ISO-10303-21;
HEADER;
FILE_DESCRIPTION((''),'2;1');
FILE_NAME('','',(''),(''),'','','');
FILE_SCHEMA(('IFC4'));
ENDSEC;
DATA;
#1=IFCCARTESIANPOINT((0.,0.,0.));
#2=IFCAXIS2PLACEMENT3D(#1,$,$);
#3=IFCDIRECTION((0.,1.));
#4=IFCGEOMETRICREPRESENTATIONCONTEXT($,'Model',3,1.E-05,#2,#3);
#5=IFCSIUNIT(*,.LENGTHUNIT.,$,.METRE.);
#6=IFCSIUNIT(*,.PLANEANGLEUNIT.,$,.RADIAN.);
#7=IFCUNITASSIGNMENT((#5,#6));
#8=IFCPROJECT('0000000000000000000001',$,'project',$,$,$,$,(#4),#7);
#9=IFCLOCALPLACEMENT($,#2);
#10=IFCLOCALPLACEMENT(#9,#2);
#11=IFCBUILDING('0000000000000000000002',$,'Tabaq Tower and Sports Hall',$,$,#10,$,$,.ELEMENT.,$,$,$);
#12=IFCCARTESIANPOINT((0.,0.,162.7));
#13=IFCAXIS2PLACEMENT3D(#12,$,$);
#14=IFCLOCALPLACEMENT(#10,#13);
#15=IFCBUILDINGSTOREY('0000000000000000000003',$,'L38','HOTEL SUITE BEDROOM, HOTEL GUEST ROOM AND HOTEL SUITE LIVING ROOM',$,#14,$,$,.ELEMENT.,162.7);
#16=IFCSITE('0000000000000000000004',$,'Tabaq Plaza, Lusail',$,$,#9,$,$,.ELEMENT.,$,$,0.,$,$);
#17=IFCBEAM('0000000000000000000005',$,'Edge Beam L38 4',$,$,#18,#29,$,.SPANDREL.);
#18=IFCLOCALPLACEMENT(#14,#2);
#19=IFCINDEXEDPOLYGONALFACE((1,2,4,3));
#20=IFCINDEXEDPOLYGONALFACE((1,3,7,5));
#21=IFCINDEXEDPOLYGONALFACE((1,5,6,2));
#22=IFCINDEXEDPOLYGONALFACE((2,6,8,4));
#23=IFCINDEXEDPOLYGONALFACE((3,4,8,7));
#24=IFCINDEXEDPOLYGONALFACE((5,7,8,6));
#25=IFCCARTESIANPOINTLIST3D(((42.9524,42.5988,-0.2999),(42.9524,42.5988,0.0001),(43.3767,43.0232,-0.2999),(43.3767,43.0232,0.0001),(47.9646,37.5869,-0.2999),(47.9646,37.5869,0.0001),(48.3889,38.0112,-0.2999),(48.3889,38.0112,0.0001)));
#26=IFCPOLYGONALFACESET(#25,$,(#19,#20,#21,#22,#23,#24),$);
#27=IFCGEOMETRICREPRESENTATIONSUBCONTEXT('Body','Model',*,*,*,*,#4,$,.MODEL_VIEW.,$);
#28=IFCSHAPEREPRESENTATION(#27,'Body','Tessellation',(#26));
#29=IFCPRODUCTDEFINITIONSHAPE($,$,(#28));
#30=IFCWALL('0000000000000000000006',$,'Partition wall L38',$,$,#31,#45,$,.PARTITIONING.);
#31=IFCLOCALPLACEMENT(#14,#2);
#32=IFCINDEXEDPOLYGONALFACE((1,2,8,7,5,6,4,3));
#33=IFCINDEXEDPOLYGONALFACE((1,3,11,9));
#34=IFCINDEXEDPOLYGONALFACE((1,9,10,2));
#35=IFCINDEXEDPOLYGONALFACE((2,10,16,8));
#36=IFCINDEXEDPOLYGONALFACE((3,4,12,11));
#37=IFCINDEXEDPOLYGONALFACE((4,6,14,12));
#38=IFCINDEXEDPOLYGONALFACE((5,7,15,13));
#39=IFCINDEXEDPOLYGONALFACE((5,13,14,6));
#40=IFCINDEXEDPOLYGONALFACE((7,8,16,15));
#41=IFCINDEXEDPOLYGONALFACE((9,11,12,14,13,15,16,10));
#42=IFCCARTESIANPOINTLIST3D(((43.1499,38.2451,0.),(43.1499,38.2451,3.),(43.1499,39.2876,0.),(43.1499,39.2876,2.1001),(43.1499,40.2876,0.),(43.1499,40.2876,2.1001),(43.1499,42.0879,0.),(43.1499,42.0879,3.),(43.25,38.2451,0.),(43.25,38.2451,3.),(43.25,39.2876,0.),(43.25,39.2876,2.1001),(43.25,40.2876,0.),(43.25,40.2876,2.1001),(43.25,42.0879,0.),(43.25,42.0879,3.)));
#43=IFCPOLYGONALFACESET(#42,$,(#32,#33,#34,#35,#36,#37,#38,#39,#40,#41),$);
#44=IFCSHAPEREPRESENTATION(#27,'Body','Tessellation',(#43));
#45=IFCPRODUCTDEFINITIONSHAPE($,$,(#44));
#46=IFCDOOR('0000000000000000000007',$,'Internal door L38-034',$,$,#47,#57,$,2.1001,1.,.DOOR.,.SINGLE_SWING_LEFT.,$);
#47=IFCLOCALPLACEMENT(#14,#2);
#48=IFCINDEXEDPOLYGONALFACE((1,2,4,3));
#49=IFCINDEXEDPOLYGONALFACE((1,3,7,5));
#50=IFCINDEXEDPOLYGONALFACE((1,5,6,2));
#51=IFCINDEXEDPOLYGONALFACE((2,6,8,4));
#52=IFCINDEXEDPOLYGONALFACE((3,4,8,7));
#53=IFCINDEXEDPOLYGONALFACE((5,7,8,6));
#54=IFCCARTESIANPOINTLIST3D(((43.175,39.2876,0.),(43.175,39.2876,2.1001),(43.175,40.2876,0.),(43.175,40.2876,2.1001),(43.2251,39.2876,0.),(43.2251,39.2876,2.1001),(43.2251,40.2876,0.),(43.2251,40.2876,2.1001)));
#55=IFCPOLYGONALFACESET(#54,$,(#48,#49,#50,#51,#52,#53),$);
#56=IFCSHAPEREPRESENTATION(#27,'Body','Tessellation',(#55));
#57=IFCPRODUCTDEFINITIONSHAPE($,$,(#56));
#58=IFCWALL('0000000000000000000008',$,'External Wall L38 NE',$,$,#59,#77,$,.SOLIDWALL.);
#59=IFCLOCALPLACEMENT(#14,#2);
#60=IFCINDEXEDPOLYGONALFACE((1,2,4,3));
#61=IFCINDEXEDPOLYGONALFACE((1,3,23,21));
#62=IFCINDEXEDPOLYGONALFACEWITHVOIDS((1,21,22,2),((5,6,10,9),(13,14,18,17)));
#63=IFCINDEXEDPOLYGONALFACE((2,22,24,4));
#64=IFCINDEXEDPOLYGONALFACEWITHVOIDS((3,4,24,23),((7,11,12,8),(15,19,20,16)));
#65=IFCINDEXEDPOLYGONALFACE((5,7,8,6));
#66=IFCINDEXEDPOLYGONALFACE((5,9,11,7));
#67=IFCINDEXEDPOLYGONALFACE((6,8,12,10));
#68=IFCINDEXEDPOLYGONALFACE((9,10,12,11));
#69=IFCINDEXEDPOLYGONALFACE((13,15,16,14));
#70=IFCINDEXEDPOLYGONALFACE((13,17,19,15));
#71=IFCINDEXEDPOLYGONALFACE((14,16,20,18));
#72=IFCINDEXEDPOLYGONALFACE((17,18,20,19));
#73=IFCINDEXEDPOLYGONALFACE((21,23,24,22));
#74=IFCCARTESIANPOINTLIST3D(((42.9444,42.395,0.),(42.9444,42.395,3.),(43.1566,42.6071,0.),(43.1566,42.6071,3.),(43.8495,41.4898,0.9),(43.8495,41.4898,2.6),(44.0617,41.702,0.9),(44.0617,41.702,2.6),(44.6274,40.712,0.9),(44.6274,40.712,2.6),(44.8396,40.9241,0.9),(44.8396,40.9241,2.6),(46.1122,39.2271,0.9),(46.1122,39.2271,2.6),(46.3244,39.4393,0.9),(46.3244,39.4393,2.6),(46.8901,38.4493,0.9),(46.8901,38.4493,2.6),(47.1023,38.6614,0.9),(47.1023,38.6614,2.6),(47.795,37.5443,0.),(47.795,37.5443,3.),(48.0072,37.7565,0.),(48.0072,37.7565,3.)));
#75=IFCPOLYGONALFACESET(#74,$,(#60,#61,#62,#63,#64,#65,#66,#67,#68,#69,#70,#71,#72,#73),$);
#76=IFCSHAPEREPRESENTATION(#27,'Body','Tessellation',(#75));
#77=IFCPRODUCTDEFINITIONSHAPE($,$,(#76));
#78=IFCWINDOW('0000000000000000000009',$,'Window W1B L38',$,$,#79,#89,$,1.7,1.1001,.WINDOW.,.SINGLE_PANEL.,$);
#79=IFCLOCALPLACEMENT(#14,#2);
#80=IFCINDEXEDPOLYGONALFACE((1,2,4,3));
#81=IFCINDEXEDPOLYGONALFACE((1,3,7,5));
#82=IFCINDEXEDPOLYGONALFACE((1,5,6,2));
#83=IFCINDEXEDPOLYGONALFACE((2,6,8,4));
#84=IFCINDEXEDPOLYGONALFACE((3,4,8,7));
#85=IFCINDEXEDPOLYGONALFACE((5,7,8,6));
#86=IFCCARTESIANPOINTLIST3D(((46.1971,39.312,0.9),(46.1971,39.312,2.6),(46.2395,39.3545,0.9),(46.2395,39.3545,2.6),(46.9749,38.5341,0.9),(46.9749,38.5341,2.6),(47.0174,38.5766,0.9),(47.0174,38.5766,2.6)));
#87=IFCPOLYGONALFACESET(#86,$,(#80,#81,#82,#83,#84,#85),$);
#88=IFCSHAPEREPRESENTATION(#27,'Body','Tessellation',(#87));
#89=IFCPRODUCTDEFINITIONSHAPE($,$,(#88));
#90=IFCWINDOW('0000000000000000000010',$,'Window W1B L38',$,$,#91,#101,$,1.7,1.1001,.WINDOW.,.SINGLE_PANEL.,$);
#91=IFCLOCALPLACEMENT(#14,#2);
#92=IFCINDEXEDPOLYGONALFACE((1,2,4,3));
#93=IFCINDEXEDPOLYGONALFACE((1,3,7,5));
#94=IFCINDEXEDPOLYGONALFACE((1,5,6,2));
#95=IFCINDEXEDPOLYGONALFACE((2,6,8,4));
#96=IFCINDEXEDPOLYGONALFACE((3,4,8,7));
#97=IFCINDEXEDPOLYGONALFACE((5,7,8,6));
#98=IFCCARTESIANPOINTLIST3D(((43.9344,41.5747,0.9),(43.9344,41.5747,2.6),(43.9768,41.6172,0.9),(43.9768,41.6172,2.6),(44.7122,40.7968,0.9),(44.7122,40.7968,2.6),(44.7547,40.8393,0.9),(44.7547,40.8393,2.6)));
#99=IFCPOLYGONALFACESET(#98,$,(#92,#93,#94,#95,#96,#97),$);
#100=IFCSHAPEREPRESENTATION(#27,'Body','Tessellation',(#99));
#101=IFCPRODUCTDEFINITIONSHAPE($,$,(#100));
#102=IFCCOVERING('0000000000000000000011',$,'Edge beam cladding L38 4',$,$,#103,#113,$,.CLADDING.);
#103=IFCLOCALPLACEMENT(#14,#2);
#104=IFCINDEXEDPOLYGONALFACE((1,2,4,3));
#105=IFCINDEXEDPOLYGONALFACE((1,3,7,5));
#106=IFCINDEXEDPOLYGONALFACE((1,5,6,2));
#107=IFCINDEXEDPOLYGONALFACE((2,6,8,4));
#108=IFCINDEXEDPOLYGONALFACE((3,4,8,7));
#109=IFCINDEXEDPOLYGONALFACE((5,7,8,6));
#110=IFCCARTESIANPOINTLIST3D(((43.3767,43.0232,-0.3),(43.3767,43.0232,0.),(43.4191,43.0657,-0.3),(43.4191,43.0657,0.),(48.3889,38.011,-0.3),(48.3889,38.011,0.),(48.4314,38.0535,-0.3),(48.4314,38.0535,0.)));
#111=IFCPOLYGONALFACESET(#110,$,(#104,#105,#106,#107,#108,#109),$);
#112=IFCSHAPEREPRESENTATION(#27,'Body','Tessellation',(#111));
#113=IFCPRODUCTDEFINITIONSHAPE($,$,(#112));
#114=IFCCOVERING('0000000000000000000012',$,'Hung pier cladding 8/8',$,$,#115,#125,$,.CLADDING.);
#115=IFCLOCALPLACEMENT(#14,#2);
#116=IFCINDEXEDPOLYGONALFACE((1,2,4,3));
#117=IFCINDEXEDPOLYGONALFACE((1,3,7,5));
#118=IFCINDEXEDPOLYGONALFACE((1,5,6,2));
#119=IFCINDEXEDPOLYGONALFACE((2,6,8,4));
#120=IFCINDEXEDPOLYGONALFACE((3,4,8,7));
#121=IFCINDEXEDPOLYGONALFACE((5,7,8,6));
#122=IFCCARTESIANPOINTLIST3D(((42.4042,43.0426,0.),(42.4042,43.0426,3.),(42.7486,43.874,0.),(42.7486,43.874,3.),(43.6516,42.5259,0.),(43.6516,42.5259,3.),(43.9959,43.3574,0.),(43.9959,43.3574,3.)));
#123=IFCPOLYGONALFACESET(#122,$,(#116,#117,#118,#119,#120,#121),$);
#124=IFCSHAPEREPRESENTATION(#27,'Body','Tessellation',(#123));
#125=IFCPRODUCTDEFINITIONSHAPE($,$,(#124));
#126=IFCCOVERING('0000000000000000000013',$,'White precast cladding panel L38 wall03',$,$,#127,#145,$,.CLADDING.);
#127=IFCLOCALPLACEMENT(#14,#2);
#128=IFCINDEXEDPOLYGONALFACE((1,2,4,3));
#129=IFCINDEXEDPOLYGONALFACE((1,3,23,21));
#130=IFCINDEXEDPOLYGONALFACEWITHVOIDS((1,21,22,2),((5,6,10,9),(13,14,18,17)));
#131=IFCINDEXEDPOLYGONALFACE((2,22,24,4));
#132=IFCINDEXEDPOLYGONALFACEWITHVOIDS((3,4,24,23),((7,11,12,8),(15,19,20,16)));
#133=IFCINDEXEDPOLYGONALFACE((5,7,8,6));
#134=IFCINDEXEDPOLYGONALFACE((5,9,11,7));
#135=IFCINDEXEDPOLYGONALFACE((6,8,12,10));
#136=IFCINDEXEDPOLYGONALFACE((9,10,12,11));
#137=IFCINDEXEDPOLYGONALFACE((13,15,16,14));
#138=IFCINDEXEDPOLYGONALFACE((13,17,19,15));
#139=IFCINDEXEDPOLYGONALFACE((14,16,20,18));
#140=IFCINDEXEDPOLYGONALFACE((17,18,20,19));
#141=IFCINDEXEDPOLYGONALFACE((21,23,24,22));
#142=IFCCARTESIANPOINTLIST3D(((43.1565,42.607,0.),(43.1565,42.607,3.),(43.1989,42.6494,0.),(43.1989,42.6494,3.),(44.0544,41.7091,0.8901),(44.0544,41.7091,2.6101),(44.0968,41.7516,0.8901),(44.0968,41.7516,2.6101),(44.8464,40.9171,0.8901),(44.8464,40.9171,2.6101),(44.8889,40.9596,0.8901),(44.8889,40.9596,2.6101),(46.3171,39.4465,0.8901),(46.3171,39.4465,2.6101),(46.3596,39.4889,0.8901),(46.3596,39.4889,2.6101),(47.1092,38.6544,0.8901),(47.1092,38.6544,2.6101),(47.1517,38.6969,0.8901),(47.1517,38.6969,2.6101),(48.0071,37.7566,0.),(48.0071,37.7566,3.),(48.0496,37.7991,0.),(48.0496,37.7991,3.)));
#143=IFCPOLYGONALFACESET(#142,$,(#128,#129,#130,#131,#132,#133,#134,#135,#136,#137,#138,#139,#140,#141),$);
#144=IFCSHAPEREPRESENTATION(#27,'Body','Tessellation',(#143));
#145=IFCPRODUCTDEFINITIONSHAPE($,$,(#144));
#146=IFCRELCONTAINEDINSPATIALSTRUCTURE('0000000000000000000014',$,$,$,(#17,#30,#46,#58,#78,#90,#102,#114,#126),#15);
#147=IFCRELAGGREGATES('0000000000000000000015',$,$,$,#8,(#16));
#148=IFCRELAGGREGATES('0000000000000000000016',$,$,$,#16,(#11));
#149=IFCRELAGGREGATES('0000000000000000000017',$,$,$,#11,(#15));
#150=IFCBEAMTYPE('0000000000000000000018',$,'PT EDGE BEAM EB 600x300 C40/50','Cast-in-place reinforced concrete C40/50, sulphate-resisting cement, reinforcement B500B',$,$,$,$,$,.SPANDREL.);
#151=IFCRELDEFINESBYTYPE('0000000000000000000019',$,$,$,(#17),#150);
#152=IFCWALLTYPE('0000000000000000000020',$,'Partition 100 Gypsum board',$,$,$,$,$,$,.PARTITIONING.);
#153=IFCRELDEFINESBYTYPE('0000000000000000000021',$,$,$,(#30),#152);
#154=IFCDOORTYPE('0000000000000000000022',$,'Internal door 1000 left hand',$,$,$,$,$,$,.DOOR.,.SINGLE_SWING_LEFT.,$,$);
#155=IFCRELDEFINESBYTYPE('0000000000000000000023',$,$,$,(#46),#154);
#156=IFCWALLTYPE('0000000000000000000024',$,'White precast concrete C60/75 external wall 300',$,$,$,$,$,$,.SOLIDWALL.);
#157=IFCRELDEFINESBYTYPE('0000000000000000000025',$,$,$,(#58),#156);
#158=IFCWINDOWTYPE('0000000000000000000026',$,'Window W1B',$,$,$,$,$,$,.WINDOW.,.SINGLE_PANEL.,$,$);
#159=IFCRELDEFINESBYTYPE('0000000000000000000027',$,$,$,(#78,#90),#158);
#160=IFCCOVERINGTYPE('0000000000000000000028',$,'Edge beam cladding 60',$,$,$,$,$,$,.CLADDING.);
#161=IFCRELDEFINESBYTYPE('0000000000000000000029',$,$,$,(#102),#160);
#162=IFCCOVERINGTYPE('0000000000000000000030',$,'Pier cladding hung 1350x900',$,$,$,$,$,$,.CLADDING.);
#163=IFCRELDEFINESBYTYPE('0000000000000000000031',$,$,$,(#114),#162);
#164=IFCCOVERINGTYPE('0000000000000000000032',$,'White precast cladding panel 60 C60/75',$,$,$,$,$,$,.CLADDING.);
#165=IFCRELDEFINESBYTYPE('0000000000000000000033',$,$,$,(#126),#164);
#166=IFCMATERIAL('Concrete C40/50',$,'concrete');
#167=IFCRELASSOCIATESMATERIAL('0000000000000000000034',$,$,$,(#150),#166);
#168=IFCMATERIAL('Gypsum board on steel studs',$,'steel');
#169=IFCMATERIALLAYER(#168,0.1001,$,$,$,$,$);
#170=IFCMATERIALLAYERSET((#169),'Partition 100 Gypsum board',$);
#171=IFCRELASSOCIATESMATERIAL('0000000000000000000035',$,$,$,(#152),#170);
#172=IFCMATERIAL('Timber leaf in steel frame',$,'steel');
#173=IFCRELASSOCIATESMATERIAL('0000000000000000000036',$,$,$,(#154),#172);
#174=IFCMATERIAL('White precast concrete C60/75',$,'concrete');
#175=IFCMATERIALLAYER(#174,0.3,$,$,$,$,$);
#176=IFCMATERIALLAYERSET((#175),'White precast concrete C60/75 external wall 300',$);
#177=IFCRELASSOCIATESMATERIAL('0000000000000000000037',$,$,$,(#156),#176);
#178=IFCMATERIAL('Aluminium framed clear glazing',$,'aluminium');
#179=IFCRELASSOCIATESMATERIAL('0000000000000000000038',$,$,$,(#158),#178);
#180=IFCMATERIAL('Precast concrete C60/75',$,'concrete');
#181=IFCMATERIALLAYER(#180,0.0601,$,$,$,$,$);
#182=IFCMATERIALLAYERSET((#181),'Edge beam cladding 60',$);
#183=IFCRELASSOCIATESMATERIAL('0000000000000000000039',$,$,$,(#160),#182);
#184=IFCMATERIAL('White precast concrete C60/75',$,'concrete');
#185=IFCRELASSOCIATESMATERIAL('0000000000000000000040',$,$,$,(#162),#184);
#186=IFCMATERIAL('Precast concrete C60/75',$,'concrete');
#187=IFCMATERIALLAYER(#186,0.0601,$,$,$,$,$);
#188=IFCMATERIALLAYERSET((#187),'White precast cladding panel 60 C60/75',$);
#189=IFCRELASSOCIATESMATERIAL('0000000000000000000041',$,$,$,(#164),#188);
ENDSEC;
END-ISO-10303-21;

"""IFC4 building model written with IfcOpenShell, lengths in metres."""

from ifc_helpers import new_model, si_unit, direction, frame, frame_2d, origin, origin_2d, place, context, subcontext, project, spatial, polyline, rectangle, outline, extrude, material, layer, layer_set, material_profile, profile_set, type_object, element, fill, save


model = new_model("IFC4")

# Units and contexts
model_context = context("Model", 3, precision=1e-05, world=origin(), true_north=direction((0.0, 1.0)))
body_context = subcontext(model_context, "Body", "Model", "MODEL_VIEW")
ifc_project = project(units=[si_unit("LENGTHUNIT", "METRE"), si_unit("PLANEANGLEUNIT", "RADIAN")], contexts=[model_context])

# Site, building, storey
site_placement = place(None, origin())
site = spatial("IfcSite", under=ifc_project, at=site_placement, Name="Tabaq Plaza, Lusail", CompositionType="ELEMENT", RefElevation=0.0)
building_placement = place(site_placement, origin())
building = spatial("IfcBuilding", under=site, at=building_placement, Name="Tabaq Tower and Sports Hall", CompositionType="ELEMENT")
storey_placement = place(building_placement, frame((0.0, 0.0, 162.7)))
storey = spatial("IfcBuildingStorey", under=building, at=storey_placement, Name="L38", Description="HOTEL SUITE BEDROOM, HOTEL GUEST ROOM AND HOTEL SUITE LIVING ROOM", CompositionType="ELEMENT", Elevation=162.7)

# Beam
ifc_material_1 = material(Name="Concrete C40/50", Category="concrete")
ifc_material_profile = material_profile(ifc_material_1, rectangle(XDim=0.6001, YDim=0.3, at=origin_2d()), Name="EB 600x300")
ifc_profile_set = profile_set([ifc_material_profile], Name="Concrete C40/50")
beam_type = type_object("IfcBeamType", Name="PT EDGE BEAM EB 600x300 C40/50", Description="Cast-in-place reinforced concrete C40/50, sulphate-resisting cement, reinforcement B500B", PredefinedType="SPANDREL", material=ifc_profile_set)
beam_placement = place(storey_placement, frame((48.1768, 37.7991, -0.1499), z_axis=(-0.707124, 0.70709, 0.0), x_axis=(-0.70709, -0.707124, 0.0)))
element("IfcBeam", 1, at=beam_placement, inside=storey, type_object=beam_type, Name="Edge Beam L38 4", PredefinedType="SPANDREL", context=body_context, shape_type="SweptSolid", body=[
    extrude(rectangle(XDim=0.6001, YDim=0.3, at=origin_2d()), origin(), (0.0, 0.0, 1.0), 7.0881),
])

# Wall, opening, door
ifc_material_2 = material(Name="Gypsum board on steel studs", Category="steel")
ifc_layer_1 = layer(ifc_material_2, 0.1001)
ifc_layer_set_1 = layer_set([ifc_layer_1], Name="Partition 100 Gypsum board")
wall_type_1 = type_object("IfcWallType", Name="Partition 100 Gypsum board", PredefinedType="PARTITIONING", material=ifc_layer_set_1)
wall_1_placement = place(storey_placement, frame((43.2, 38.2451, 0.0), z_axis=(0.0, 0.0, 1.0), x_axis=(0.0, 1.0, 0.0)))
wall_1 = element("IfcWall", 2, at=wall_1_placement, inside=storey, type_object=wall_type_1, Name="Partition wall L38", PredefinedType="PARTITIONING", context=body_context, shape_type="SweptSolid", body=[
    extrude(rectangle(XDim=3.8428, YDim=0.1001, at=frame_2d((1.9214, 0.0))), origin(), (0.0, 0.0, 1.0), 3.0),
])
opening_1_placement = place(wall_1_placement, frame((1.0425, 0.0, 0.0)))
opening_1 = element("IfcOpeningElement", 3, at=opening_1_placement, cuts=wall_1, PredefinedType="OPENING", context=body_context, shape_type="SweptSolid", body=[
    extrude(rectangle(XDim=1.0, YDim=2.1001, at=frame_2d((0.5, 1.05))), frame((0.0, 0.05, 0.0), z_axis=(0.0, -1.0, 0.0), x_axis=(1.0, 0.0, 0.0)), (0.0, 0.0, 1.0), 0.1001),
])
ifc_material_3 = material(Name="Timber leaf in steel frame", Category="steel")
door_type = type_object("IfcDoorType", Name="Internal door 1000 left hand", OperationType="SINGLE_SWING_LEFT", PredefinedType="DOOR", material=ifc_material_3)
door_placement = place(opening_1_placement, origin())
door = element("IfcDoor", 4, at=door_placement, inside=storey, type_object=door_type, Name="Internal door L38-034", OperationType="SINGLE_SWING_LEFT", OverallHeight=2.1001, OverallWidth=1.0, PredefinedType="DOOR", context=body_context, shape_type="SweptSolid", body=[
    extrude(rectangle(XDim=1.0, YDim=2.1001, at=frame_2d((0.5, 1.05))), frame((0.0, 0.0249, 0.0), z_axis=(0.0, -1.0, 0.0), x_axis=(1.0, 0.0, 0.0)), (0.0, 0.0, 1.0), 0.05),
])
fill(opening_1, door)

# Wall, openings, windows
ifc_material_4 = material(Name="White precast concrete C60/75", Category="concrete")
ifc_layer_2 = layer(ifc_material_4, 0.3)
ifc_layer_set_2 = layer_set([ifc_layer_2], Name="White precast concrete C60/75 external wall 300")
wall_type_2 = type_object("IfcWallType", Name="White precast concrete C60/75 external wall 300", PredefinedType="SOLIDWALL", material=ifc_layer_set_2)
wall_2_placement = place(storey_placement, frame((47.9011, 37.6504, 0.0), z_axis=(0.0, 0.0, 1.0), x_axis=(-0.707107, 0.707107, 0.0)))
wall_2 = element("IfcWall", 5, at=wall_2_placement, inside=storey, type_object=wall_type_2, Name="External Wall L38 NE", PredefinedType="SOLIDWALL", context=body_context, shape_type="SweptSolid", body=[
    extrude(rectangle(XDim=6.8599, YDim=0.3, at=frame_2d((3.4299, 0.0))), origin(), (0.0, 0.0, 1.0), 3.0),
])
opening_2_placement = place(wall_2_placement, frame((1.2798, 0.0, 0.8999)))
opening_2 = element("IfcOpeningElement", 6, at=opening_2_placement, cuts=wall_2, PredefinedType="OPENING", context=body_context, shape_type="SweptSolid", body=[
    extrude(rectangle(XDim=1.1001, YDim=1.7, at=frame_2d((0.55, 0.8501))), frame((0.0, 0.1602, 0.0), z_axis=(0.0, -1.0, 0.0), x_axis=(1.0, 0.0, 0.0)), (0.0, 0.0, 1.0), 0.3201),
])
opening_3_placement = place(wall_2_placement, frame((4.4797, 0.0, 0.8999)))
opening_3 = element("IfcOpeningElement", 7, at=opening_3_placement, cuts=wall_2, PredefinedType="OPENING", context=body_context, shape_type="SweptSolid", body=[
    extrude(rectangle(XDim=1.1001, YDim=1.7, at=frame_2d((0.55, 0.8501))), frame((0.0, 0.1602, 0.0), z_axis=(0.0, -1.0, 0.0), x_axis=(1.0, 0.0, 0.0)), (0.0, 0.0, 1.0), 0.3201),
])
ifc_material_5 = material(Name="Aluminium framed clear glazing", Category="aluminium")
window_type = type_object("IfcWindowType", Name="Window W1B", PartitioningType="SINGLE_PANEL", PredefinedType="WINDOW", material=ifc_material_5)
window_1_placement = place(opening_2_placement, origin())
window_1 = element("IfcWindow", 8, at=window_1_placement, inside=storey, type_object=window_type, Name="Window W1B L38", OverallHeight=1.7, OverallWidth=1.1001, PartitioningType="SINGLE_PANEL", PredefinedType="WINDOW", context=body_context, shape_type="SweptSolid", body=[
    extrude(rectangle(XDim=1.1001, YDim=1.7, at=frame_2d((0.55, 0.8501))), frame((0.0, 0.03, 0.0), z_axis=(0.0, -1.0, 0.0), x_axis=(1.0, 0.0, 0.0)), (0.0, 0.0, 1.0), 0.0601),
])
fill(opening_2, window_1)
window_2_placement = place(opening_3_placement, origin())
window_2 = element("IfcWindow", 9, at=window_2_placement, inside=storey, type_object=window_type, Name="Window W1B L38", OverallHeight=1.7, OverallWidth=1.1001, PartitioningType="SINGLE_PANEL", PredefinedType="WINDOW", context=body_context, shape_type="SweptSolid", body=[
    extrude(rectangle(XDim=1.1001, YDim=1.7, at=frame_2d((0.55, 0.8501))), frame((0.0, 0.03, 0.0), z_axis=(0.0, -1.0, 0.0), x_axis=(1.0, 0.0, 0.0)), (0.0, 0.0, 1.0), 0.0601),
])
fill(opening_3, window_2)

# Coverings
ifc_material_6 = material(Name="Precast concrete C60/75", Category="concrete")
ifc_layer_3 = layer(ifc_material_6, 0.0601)
ifc_layer_set_3 = layer_set([ifc_layer_3], Name="Edge beam cladding 60")
covering_type_1 = type_object("IfcCoveringType", Name="Edge beam cladding 60", PredefinedType="CLADDING", material=ifc_layer_set_3)
covering_1_placement = place(storey_placement, frame((48.4102, 38.0322, -0.3), z_axis=(0.0, 0.0, 1.0), x_axis=(-0.707107, 0.707107, 0.0)))
element("IfcCovering", 10, at=covering_1_placement, inside=storey, type_object=covering_type_1, Name="Edge beam cladding L38 4", PredefinedType="CLADDING", context=body_context, shape_type="SweptSolid", body=[
    extrude(rectangle(XDim=7.0884, YDim=0.0601, at=frame_2d((3.5442, 0.0))), origin(), (0.0, 0.0, 1.0), 0.3),
])
ifc_material_7 = material(Name="White precast concrete C60/75", Category="concrete")
covering_type_2 = type_object("IfcCoveringType", Name="Pier cladding hung 1350x900", PredefinedType="CLADDING", material=ifc_material_7)
covering_2_placement = place(storey_placement, frame((43.8237, 42.9417, 0.0), z_axis=(0.0, 0.0, 1.0), x_axis=(-0.923893, 0.38265, 0.0)))
element("IfcCovering", 11, at=covering_2_placement, inside=storey, type_object=covering_type_2, Name="Hung pier cladding 8/8", PredefinedType="CLADDING", context=body_context, shape_type="SweptSolid", body=[
    extrude(rectangle(XDim=1.3501, YDim=0.8999, at=frame_2d((0.675, 0.0))), origin(), (0.0, 0.0, 1.0), 3.0),
])
ifc_material_8 = material(Name="Precast concrete C60/75", Category="concrete")
ifc_layer_4 = layer(ifc_material_8, 0.0601)
ifc_layer_set_4 = layer_set([ifc_layer_4], Name="White precast cladding panel 60 C60/75")
covering_type_3 = type_object("IfcCoveringType", Name="White precast cladding panel 60 C60/75", PredefinedType="CLADDING", material=ifc_layer_set_4)
covering_3_placement = place(storey_placement, frame((48.0283, 37.7778, 0.0), z_axis=(0.0, 0.0, 1.0), x_axis=(-0.707125, 0.707089, 0.0)))
element("IfcCovering", 12, at=covering_3_placement, inside=storey, type_object=covering_type_3, Name="White precast cladding panel L38 wall03", PredefinedType="CLADDING", context=body_context, shape_type="SweptSolid", body=[
    extrude(outline(polyline([(0.0, 0.0), (6.8596, 0.0), (6.8596, 3.0), (0.0, 3.0), (0.0, 0.0)]), holes=[polyline([(1.2698, 2.6101), (2.3899, 2.6101), (2.3899, 0.8901), (1.2698, 0.8901), (1.2698, 2.6101)]), polyline([(4.4697, 2.6101), (5.5898, 2.6101), (5.5898, 0.8901), (4.4697, 0.8901), (4.4697, 2.6101)])]), frame((0.0, 0.03, 0.0), z_axis=(0.0, -1.0, 0.0), x_axis=(1.0, 0.0, 0.0)), (0.0, 0.0, 1.0), 0.0601),
])

save(model, "model.ifc")
